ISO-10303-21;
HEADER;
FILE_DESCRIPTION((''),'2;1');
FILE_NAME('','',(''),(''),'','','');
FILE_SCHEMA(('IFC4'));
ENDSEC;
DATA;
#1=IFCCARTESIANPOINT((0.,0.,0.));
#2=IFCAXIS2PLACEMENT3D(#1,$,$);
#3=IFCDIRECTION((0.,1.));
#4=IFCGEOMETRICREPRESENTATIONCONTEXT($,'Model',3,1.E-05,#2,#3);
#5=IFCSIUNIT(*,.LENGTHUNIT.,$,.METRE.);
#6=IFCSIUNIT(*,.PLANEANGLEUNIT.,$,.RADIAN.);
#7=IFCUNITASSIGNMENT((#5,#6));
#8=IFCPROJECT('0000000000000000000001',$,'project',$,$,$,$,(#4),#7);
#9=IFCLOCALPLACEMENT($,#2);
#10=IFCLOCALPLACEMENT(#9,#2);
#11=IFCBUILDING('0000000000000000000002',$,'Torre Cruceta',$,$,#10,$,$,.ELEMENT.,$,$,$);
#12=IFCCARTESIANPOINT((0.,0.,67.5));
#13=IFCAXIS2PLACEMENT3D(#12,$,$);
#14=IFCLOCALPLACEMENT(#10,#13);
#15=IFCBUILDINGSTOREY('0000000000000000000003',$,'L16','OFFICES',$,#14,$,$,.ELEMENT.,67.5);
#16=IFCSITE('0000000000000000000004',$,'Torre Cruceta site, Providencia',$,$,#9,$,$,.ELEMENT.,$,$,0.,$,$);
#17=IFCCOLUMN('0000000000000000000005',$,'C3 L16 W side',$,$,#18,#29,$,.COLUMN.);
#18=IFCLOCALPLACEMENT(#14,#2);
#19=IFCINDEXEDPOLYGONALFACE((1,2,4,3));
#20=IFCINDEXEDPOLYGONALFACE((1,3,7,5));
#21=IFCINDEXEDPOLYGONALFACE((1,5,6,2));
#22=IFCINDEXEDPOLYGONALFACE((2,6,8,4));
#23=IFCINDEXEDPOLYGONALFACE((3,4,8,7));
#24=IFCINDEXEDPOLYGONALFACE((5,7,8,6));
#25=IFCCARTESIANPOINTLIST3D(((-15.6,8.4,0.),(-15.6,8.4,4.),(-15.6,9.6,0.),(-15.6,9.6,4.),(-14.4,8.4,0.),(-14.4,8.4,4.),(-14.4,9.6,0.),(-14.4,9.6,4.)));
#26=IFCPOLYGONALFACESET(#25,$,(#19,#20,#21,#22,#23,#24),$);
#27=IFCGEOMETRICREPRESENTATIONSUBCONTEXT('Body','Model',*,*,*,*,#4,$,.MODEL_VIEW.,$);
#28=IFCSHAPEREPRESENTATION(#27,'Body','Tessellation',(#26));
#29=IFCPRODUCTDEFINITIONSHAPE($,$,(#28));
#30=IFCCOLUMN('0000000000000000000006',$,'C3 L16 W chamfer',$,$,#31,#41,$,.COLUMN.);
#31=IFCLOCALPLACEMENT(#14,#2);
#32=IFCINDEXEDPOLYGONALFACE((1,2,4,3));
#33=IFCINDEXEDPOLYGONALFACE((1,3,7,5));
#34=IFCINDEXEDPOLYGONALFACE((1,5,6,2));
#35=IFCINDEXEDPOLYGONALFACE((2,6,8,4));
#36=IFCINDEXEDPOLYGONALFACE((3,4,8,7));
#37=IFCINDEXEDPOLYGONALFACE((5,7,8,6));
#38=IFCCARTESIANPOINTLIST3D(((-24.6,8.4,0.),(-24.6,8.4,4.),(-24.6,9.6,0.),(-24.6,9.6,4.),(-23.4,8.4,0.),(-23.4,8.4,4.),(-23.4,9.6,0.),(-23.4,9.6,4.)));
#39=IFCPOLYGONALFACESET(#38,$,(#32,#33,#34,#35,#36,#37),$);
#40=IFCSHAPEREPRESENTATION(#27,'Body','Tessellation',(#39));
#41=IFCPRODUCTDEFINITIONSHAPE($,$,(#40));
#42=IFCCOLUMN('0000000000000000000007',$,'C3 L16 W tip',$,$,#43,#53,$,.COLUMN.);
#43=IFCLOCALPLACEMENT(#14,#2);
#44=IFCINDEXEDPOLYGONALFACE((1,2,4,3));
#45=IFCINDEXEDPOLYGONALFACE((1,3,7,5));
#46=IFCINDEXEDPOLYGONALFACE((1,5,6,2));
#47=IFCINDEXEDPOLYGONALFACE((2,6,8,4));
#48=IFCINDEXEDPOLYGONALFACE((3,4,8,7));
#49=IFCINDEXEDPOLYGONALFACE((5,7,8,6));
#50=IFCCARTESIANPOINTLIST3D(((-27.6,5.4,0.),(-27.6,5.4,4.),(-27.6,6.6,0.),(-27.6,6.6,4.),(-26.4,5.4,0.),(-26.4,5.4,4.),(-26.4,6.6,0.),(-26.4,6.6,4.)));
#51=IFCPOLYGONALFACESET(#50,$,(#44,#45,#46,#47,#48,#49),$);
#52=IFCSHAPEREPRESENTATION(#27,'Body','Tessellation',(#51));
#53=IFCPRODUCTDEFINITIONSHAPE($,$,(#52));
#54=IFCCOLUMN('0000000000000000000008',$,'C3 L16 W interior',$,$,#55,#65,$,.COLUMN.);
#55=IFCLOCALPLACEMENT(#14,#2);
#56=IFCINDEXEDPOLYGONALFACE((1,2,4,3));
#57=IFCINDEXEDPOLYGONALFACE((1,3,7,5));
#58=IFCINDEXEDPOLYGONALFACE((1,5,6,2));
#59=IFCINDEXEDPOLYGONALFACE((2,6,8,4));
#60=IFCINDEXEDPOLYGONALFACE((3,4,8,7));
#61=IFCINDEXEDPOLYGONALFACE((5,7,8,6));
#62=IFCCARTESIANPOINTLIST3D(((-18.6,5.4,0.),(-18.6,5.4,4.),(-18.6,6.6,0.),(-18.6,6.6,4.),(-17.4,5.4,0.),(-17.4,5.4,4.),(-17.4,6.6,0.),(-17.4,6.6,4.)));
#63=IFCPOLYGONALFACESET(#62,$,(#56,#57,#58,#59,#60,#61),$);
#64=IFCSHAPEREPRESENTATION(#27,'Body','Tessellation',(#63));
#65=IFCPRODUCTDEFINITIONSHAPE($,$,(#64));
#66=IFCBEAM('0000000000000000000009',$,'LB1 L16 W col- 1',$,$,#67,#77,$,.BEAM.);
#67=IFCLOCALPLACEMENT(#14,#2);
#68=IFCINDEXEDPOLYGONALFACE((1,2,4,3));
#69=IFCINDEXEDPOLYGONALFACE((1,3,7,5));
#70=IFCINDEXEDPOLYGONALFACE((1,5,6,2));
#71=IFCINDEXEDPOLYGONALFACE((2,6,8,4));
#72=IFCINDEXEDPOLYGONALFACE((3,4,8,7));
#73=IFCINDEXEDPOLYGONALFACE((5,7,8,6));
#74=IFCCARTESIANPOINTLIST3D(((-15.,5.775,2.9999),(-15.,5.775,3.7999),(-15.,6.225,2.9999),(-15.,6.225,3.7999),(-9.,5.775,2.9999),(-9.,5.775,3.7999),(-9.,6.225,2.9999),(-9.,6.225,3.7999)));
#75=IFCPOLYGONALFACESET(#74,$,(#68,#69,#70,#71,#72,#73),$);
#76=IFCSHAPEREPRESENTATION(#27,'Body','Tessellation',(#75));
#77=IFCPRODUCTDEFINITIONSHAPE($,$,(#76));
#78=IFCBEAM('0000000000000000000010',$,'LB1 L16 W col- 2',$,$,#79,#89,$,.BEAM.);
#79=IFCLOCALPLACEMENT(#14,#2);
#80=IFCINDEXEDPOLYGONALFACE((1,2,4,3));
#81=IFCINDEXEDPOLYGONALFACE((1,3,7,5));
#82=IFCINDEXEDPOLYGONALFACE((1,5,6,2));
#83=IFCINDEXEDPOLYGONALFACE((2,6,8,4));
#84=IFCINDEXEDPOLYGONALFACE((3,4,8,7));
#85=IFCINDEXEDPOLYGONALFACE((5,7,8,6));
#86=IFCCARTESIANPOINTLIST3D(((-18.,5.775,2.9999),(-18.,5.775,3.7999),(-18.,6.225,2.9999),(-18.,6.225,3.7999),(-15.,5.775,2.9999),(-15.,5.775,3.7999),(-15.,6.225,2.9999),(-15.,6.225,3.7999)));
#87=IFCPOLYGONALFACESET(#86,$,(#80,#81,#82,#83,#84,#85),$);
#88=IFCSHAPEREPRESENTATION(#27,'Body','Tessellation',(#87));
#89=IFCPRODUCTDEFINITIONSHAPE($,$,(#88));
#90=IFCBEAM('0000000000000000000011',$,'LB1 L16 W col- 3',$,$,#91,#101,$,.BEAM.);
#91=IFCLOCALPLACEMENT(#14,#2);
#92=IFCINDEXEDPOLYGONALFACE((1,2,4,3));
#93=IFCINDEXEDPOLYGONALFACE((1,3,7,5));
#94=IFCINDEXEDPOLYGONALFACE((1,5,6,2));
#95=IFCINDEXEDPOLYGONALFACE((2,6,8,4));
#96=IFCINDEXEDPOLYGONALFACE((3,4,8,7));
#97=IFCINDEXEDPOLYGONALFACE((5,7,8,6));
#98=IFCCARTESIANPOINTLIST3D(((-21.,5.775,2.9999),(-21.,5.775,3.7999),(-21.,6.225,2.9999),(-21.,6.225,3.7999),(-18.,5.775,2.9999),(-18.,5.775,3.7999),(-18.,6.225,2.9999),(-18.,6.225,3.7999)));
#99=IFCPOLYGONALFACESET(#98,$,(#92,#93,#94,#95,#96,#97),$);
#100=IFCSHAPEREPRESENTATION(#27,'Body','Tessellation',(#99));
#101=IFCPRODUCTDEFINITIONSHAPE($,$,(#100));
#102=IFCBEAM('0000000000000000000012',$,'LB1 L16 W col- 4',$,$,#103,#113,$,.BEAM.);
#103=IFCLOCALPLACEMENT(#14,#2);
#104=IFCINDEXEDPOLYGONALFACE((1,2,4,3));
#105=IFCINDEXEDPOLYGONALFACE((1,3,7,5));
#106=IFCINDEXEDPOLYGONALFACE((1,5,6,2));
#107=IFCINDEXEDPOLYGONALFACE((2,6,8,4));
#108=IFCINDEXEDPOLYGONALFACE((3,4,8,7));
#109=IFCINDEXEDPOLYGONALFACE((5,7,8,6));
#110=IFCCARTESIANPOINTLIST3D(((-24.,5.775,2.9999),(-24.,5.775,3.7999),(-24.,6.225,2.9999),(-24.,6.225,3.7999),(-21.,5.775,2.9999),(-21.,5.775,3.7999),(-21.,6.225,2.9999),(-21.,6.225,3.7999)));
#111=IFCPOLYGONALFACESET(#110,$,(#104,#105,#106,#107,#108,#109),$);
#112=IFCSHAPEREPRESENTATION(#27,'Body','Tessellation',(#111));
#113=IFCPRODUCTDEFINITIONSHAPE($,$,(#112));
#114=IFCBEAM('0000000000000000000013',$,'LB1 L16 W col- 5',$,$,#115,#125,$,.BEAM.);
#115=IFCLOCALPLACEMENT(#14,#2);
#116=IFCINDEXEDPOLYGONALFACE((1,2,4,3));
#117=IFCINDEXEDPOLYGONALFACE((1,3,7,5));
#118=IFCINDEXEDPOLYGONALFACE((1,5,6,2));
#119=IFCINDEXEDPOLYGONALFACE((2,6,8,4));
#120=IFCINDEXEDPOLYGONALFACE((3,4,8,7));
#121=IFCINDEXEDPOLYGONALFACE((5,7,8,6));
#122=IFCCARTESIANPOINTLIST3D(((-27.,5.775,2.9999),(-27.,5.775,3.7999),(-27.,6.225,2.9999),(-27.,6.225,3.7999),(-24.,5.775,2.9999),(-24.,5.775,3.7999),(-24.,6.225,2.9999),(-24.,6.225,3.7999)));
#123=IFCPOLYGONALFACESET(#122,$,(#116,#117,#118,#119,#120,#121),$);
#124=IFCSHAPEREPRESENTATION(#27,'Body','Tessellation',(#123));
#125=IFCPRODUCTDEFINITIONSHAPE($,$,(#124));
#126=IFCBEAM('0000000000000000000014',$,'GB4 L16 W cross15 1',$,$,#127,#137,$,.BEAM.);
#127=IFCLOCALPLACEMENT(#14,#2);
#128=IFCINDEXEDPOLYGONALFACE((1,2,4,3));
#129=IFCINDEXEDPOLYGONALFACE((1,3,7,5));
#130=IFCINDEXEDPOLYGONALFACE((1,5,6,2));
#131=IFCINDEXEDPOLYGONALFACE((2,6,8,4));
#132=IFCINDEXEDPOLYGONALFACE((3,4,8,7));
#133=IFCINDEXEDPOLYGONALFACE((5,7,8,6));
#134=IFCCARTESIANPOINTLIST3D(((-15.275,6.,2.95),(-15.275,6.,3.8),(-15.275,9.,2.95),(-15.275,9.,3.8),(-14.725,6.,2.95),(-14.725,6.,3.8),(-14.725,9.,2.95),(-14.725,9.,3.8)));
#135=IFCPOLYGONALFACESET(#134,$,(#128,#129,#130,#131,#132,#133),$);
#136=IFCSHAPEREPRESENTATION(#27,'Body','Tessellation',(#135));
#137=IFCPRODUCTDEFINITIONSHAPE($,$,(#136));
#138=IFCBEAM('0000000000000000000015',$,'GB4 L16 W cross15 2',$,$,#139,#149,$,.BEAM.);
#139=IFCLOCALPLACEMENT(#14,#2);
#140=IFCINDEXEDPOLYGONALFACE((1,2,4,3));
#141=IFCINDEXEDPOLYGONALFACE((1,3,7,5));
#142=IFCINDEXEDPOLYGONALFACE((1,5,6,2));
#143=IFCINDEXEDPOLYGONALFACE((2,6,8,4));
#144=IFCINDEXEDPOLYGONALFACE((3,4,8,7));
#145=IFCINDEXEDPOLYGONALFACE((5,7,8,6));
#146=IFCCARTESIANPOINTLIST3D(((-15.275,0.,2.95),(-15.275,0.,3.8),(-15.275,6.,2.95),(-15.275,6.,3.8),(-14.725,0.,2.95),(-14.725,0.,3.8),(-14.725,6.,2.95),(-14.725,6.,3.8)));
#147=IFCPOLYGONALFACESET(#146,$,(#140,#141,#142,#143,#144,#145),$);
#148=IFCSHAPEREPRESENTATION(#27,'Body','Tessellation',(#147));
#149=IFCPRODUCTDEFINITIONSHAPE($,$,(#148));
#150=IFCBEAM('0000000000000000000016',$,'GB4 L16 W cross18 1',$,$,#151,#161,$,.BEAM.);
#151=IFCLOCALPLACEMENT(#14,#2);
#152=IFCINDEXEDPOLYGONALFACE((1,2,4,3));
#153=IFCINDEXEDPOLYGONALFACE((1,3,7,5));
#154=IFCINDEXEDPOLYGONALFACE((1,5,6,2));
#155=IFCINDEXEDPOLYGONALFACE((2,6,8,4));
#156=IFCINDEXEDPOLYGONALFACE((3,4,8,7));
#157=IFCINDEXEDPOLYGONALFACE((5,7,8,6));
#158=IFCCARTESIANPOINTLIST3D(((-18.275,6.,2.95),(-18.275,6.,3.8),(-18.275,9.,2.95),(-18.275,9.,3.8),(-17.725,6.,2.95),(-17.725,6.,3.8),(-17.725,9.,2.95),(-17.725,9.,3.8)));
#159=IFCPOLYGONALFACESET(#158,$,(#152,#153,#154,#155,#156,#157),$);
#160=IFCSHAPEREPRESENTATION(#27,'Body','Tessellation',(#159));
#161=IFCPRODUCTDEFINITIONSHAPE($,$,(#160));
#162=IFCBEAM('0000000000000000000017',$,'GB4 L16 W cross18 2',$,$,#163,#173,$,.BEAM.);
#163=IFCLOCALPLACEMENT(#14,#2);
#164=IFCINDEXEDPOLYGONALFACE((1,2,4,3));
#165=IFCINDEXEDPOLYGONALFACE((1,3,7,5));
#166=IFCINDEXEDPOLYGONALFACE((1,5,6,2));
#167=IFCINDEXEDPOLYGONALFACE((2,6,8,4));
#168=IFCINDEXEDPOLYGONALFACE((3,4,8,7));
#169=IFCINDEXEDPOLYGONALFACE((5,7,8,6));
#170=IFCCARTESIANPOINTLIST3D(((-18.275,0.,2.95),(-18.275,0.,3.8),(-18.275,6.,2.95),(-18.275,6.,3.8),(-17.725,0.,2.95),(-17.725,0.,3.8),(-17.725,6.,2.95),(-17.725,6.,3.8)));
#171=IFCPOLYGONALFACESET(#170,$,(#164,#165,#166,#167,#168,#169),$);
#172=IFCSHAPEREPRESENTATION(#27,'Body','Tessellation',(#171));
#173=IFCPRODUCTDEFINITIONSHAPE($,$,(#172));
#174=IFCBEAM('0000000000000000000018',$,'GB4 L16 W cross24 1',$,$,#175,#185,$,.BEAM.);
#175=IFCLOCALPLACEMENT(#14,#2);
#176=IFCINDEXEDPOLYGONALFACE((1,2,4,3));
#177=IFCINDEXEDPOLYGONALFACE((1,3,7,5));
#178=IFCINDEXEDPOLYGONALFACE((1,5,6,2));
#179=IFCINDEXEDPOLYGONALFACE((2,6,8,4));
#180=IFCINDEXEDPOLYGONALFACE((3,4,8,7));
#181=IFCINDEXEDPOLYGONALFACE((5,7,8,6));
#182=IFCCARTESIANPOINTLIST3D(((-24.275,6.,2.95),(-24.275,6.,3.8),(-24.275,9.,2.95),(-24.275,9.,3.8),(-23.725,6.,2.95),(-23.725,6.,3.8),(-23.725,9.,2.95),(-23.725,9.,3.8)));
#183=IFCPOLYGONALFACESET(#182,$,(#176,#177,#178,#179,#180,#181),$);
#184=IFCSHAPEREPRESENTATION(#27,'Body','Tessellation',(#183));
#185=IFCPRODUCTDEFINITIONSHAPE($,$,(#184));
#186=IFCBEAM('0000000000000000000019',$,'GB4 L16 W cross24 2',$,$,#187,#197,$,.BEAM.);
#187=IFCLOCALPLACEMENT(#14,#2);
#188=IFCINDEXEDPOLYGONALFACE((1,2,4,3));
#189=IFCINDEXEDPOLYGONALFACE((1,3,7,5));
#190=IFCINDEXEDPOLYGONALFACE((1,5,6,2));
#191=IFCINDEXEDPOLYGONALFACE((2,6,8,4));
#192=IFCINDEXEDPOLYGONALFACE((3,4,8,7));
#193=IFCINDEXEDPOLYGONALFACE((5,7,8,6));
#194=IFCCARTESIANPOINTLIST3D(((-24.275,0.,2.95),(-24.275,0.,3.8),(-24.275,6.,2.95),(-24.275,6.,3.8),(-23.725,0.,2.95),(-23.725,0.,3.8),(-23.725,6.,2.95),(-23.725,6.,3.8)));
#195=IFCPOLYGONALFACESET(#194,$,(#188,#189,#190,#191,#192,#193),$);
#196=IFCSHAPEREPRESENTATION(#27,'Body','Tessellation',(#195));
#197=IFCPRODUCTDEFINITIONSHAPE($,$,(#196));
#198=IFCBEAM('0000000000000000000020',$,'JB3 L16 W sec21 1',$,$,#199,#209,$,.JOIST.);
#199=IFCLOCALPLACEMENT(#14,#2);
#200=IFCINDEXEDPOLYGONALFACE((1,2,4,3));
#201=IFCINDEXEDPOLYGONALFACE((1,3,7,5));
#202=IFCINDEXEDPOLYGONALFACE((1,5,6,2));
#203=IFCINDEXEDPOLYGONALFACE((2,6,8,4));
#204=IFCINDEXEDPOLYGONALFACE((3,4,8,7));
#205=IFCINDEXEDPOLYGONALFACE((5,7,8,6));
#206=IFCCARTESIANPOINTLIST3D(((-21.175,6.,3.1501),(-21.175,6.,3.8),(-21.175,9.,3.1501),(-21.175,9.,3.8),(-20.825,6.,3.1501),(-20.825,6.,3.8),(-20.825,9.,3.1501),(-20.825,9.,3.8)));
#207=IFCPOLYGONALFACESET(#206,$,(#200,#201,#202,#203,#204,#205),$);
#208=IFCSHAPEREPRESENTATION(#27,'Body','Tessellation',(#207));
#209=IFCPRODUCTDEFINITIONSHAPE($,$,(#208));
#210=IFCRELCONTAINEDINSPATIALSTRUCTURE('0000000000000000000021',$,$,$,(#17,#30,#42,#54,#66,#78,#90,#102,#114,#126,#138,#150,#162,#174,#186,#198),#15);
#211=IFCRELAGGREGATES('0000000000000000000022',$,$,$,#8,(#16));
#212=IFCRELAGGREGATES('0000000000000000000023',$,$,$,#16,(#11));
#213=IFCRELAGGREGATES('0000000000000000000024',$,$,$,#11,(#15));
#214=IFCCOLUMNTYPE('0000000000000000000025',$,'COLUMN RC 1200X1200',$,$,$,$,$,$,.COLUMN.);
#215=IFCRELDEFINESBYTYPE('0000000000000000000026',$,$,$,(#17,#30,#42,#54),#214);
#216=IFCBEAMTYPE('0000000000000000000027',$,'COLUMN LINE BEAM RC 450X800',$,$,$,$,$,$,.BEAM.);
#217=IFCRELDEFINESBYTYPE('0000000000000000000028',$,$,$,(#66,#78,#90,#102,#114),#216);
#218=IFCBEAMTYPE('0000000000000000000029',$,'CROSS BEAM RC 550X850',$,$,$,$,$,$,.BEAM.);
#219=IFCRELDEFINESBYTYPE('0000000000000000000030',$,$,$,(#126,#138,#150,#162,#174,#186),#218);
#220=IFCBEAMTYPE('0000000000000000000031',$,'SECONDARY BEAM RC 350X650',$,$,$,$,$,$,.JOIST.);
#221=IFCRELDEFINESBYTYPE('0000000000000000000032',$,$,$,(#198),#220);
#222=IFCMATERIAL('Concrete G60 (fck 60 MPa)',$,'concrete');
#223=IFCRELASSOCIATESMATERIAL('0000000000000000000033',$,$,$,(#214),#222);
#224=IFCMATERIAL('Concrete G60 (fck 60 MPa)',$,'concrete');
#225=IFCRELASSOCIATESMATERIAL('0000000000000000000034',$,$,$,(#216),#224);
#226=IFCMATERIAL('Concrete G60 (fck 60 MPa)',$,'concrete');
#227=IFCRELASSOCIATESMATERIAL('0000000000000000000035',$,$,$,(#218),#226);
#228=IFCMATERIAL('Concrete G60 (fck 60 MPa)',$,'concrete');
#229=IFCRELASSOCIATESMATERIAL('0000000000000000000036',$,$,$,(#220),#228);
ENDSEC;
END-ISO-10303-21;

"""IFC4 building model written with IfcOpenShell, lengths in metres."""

from ifc_helpers import new_model, si_unit, direction, frame, origin, origin_2d, place, context, subcontext, project, spatial, rectangle, extrude, material, material_profile, profile_set, type_object, element, save


model = new_model("IFC4")

# Units and contexts
model_context = context("Model", 3, precision=1e-05, world=origin(), true_north=direction((0.0, 1.0)))
body_context = subcontext(model_context, "Body", "Model", "MODEL_VIEW")
ifc_project = project(units=[si_unit("LENGTHUNIT", "METRE"), si_unit("PLANEANGLEUNIT", "RADIAN")], contexts=[model_context])

# Site, building, storey
site_placement = place(None, origin())
site = spatial("IfcSite", under=ifc_project, at=site_placement, Name="Torre Cruceta site, Providencia", CompositionType="ELEMENT", RefElevation=0.0)
building_placement = place(site_placement, origin())
building = spatial("IfcBuilding", under=site, at=building_placement, Name="Torre Cruceta", CompositionType="ELEMENT")
storey_placement = place(building_placement, frame((0.0, 0.0, 67.5)))
storey = spatial("IfcBuildingStorey", under=building, at=storey_placement, Name="L16", Description="OFFICES", CompositionType="ELEMENT", Elevation=67.5)

# Columns
ifc_material_1 = material(Name="Concrete G60 (fck 60 MPa)", Category="concrete")
ifc_material_profile_1 = material_profile(ifc_material_1, rectangle(XDim=1.2, YDim=1.2, at=origin_2d()), Name="RC 1200X1200")
ifc_profile_set_1 = profile_set([ifc_material_profile_1], Name="Concrete G60 (fck 60 MPa)")
column_type = type_object("IfcColumnType", Name="COLUMN RC 1200X1200", PredefinedType="COLUMN", material=ifc_profile_set_1)
for number, where, z_axis, x_axis, name in (
    (1, (-15.0, 9.0, 0.0), (0.0, 0.0, 1.0), (1.0, 0.0, 0.0), "C3 L16 W side"),
    (2, (-24.0, 9.0, 0.0), (0.0, 0.0, 1.0), (1.0, 0.0, 0.0), "C3 L16 W chamfer"),
    (3, (-27.0, 6.0, 0.0), (0.0, 0.0, 1.0), (1.0, 0.0, 0.0), "C3 L16 W tip"),
    (4, (-18.0, 6.0, 0.0), (0.0, 0.0, 1.0), (1.0, 0.0, 0.0), "C3 L16 W interior"),
):
    element("IfcColumn", number, at=place(storey_placement, frame(where, z_axis=z_axis, x_axis=x_axis)), inside=storey, type_object=column_type, Name=name, PredefinedType="COLUMN", context=body_context, shape_type="SweptSolid", body=[
        extrude(rectangle(XDim=1.2, YDim=1.2, at=origin_2d()), origin(), (0.0, 0.0, 1.0), 4.0),
    ])

# Beams
ifc_material_2 = material(Name="Concrete G60 (fck 60 MPa)", Category="concrete")
ifc_material_profile_2 = material_profile(ifc_material_2, rectangle(XDim=0.45, YDim=0.8, at=origin_2d()), Name="RC 450X800")
ifc_profile_set_2 = profile_set([ifc_material_profile_2], Name="Concrete G60 (fck 60 MPa)")
beam_type_1 = type_object("IfcBeamType", Name="COLUMN LINE BEAM RC 450X800", PredefinedType="BEAM", material=ifc_profile_set_2)
beam_1_placement = place(storey_placement, frame((-9.0, 6.0, 3.3999), z_axis=(-1.0, 0.0, 0.0), x_axis=(0.0, -1.0, 0.0)))
element("IfcBeam", 5, at=beam_1_placement, inside=storey, type_object=beam_type_1, Name="LB1 L16 W col- 1", PredefinedType="BEAM", context=body_context, shape_type="SweptSolid", body=[
    extrude(rectangle(XDim=0.45, YDim=0.8, at=origin_2d()), origin(), (0.0, 0.0, 1.0), 6.0),
])
for number, where, z_axis, x_axis, name in (
    (6, (-15.0, 6.0, 3.3999), (-1.0, 0.0, 0.0), (0.0, -1.0, 0.0), "LB1 L16 W col- 2"),
    (7, (-18.0, 6.0, 3.3999), (-1.0, 0.0, 0.0), (0.0, -1.0, 0.0), "LB1 L16 W col- 3"),
    (8, (-21.0, 6.0, 3.3999), (-1.0, 0.0, 0.0), (0.0, -1.0, 0.0), "LB1 L16 W col- 4"),
    (9, (-24.0, 6.0, 3.3999), (-1.0, 0.0, 0.0), (0.0, -1.0, 0.0), "LB1 L16 W col- 5"),
):
    element("IfcBeam", number, at=place(storey_placement, frame(where, z_axis=z_axis, x_axis=x_axis)), inside=storey, type_object=beam_type_1, Name=name, PredefinedType="BEAM", context=body_context, shape_type="SweptSolid", body=[
        extrude(rectangle(XDim=0.45, YDim=0.8, at=origin_2d()), origin(), (0.0, 0.0, 1.0), 3.0),
    ])
ifc_material_3 = material(Name="Concrete G60 (fck 60 MPa)", Category="concrete")
ifc_material_profile_3 = material_profile(ifc_material_3, rectangle(XDim=0.55, YDim=0.8501, at=origin_2d()), Name="RC 550X850")
ifc_profile_set_3 = profile_set([ifc_material_profile_3], Name="Concrete G60 (fck 60 MPa)")
beam_type_2 = type_object("IfcBeamType", Name="CROSS BEAM RC 550X850", PredefinedType="BEAM", material=ifc_profile_set_3)
beam_2_placement = place(storey_placement, frame((-15.0, 9.0, 3.375), z_axis=(0.0, -1.0, 0.0), x_axis=(1.0, 0.0, 0.0)))
element("IfcBeam", 10, at=beam_2_placement, inside=storey, type_object=beam_type_2, Name="GB4 L16 W cross15 1", PredefinedType="BEAM", context=body_context, shape_type="SweptSolid", body=[
    extrude(rectangle(XDim=0.55, YDim=0.8501, at=origin_2d()), origin(), (0.0, 0.0, 1.0), 3.0),
])
beam_3_placement = place(storey_placement, frame((-15.0, 6.0, 3.375), z_axis=(0.0, -1.0, 0.0), x_axis=(1.0, 0.0, 0.0)))
element("IfcBeam", 11, at=beam_3_placement, inside=storey, type_object=beam_type_2, Name="GB4 L16 W cross15 2", PredefinedType="BEAM", context=body_context, shape_type="SweptSolid", body=[
    extrude(rectangle(XDim=0.55, YDim=0.8501, at=origin_2d()), origin(), (0.0, 0.0, 1.0), 6.0),
])
beam_4_placement = place(storey_placement, frame((-18.0, 9.0, 3.375), z_axis=(0.0, -1.0, 0.0), x_axis=(1.0, 0.0, 0.0)))
element("IfcBeam", 12, at=beam_4_placement, inside=storey, type_object=beam_type_2, Name="GB4 L16 W cross18 1", PredefinedType="BEAM", context=body_context, shape_type="SweptSolid", body=[
    extrude(rectangle(XDim=0.55, YDim=0.8501, at=origin_2d()), origin(), (0.0, 0.0, 1.0), 3.0),
])
beam_5_placement = place(storey_placement, frame((-18.0, 6.0, 3.375), z_axis=(0.0, -1.0, 0.0), x_axis=(1.0, 0.0, 0.0)))
element("IfcBeam", 13, at=beam_5_placement, inside=storey, type_object=beam_type_2, Name="GB4 L16 W cross18 2", PredefinedType="BEAM", context=body_context, shape_type="SweptSolid", body=[
    extrude(rectangle(XDim=0.55, YDim=0.8501, at=origin_2d()), origin(), (0.0, 0.0, 1.0), 6.0),
])
beam_6_placement = place(storey_placement, frame((-24.0, 9.0, 3.375), z_axis=(0.0, -1.0, 0.0), x_axis=(1.0, 0.0, 0.0)))
element("IfcBeam", 14, at=beam_6_placement, inside=storey, type_object=beam_type_2, Name="GB4 L16 W cross24 1", PredefinedType="BEAM", context=body_context, shape_type="SweptSolid", body=[
    extrude(rectangle(XDim=0.55, YDim=0.8501, at=origin_2d()), origin(), (0.0, 0.0, 1.0), 3.0),
])
beam_7_placement = place(storey_placement, frame((-24.0, 6.0, 3.375), z_axis=(0.0, -1.0, 0.0), x_axis=(1.0, 0.0, 0.0)))
element("IfcBeam", 15, at=beam_7_placement, inside=storey, type_object=beam_type_2, Name="GB4 L16 W cross24 2", PredefinedType="BEAM", context=body_context, shape_type="SweptSolid", body=[
    extrude(rectangle(XDim=0.55, YDim=0.8501, at=origin_2d()), origin(), (0.0, 0.0, 1.0), 6.0),
])
ifc_material_4 = material(Name="Concrete G60 (fck 60 MPa)", Category="concrete")
ifc_material_profile_4 = material_profile(ifc_material_4, rectangle(XDim=0.3501, YDim=0.6499, at=origin_2d()), Name="RC 350X650")
ifc_profile_set_4 = profile_set([ifc_material_profile_4], Name="Concrete G60 (fck 60 MPa)")
beam_type_3 = type_object("IfcBeamType", Name="SECONDARY BEAM RC 350X650", PredefinedType="JOIST", material=ifc_profile_set_4)
beam_8_placement = place(storey_placement, frame((-21.0, 9.0, 3.4751), z_axis=(0.0, -1.0, 0.0), x_axis=(1.0, 0.0, 0.0)))
element("IfcBeam", 16, at=beam_8_placement, inside=storey, type_object=beam_type_3, Name="JB3 L16 W sec21 1", PredefinedType="JOIST", context=body_context, shape_type="SweptSolid", body=[
    extrude(rectangle(XDim=0.3501, YDim=0.6499, at=origin_2d()), origin(), (0.0, 0.0, 1.0), 3.0),
])

save(model, "model.ifc")
